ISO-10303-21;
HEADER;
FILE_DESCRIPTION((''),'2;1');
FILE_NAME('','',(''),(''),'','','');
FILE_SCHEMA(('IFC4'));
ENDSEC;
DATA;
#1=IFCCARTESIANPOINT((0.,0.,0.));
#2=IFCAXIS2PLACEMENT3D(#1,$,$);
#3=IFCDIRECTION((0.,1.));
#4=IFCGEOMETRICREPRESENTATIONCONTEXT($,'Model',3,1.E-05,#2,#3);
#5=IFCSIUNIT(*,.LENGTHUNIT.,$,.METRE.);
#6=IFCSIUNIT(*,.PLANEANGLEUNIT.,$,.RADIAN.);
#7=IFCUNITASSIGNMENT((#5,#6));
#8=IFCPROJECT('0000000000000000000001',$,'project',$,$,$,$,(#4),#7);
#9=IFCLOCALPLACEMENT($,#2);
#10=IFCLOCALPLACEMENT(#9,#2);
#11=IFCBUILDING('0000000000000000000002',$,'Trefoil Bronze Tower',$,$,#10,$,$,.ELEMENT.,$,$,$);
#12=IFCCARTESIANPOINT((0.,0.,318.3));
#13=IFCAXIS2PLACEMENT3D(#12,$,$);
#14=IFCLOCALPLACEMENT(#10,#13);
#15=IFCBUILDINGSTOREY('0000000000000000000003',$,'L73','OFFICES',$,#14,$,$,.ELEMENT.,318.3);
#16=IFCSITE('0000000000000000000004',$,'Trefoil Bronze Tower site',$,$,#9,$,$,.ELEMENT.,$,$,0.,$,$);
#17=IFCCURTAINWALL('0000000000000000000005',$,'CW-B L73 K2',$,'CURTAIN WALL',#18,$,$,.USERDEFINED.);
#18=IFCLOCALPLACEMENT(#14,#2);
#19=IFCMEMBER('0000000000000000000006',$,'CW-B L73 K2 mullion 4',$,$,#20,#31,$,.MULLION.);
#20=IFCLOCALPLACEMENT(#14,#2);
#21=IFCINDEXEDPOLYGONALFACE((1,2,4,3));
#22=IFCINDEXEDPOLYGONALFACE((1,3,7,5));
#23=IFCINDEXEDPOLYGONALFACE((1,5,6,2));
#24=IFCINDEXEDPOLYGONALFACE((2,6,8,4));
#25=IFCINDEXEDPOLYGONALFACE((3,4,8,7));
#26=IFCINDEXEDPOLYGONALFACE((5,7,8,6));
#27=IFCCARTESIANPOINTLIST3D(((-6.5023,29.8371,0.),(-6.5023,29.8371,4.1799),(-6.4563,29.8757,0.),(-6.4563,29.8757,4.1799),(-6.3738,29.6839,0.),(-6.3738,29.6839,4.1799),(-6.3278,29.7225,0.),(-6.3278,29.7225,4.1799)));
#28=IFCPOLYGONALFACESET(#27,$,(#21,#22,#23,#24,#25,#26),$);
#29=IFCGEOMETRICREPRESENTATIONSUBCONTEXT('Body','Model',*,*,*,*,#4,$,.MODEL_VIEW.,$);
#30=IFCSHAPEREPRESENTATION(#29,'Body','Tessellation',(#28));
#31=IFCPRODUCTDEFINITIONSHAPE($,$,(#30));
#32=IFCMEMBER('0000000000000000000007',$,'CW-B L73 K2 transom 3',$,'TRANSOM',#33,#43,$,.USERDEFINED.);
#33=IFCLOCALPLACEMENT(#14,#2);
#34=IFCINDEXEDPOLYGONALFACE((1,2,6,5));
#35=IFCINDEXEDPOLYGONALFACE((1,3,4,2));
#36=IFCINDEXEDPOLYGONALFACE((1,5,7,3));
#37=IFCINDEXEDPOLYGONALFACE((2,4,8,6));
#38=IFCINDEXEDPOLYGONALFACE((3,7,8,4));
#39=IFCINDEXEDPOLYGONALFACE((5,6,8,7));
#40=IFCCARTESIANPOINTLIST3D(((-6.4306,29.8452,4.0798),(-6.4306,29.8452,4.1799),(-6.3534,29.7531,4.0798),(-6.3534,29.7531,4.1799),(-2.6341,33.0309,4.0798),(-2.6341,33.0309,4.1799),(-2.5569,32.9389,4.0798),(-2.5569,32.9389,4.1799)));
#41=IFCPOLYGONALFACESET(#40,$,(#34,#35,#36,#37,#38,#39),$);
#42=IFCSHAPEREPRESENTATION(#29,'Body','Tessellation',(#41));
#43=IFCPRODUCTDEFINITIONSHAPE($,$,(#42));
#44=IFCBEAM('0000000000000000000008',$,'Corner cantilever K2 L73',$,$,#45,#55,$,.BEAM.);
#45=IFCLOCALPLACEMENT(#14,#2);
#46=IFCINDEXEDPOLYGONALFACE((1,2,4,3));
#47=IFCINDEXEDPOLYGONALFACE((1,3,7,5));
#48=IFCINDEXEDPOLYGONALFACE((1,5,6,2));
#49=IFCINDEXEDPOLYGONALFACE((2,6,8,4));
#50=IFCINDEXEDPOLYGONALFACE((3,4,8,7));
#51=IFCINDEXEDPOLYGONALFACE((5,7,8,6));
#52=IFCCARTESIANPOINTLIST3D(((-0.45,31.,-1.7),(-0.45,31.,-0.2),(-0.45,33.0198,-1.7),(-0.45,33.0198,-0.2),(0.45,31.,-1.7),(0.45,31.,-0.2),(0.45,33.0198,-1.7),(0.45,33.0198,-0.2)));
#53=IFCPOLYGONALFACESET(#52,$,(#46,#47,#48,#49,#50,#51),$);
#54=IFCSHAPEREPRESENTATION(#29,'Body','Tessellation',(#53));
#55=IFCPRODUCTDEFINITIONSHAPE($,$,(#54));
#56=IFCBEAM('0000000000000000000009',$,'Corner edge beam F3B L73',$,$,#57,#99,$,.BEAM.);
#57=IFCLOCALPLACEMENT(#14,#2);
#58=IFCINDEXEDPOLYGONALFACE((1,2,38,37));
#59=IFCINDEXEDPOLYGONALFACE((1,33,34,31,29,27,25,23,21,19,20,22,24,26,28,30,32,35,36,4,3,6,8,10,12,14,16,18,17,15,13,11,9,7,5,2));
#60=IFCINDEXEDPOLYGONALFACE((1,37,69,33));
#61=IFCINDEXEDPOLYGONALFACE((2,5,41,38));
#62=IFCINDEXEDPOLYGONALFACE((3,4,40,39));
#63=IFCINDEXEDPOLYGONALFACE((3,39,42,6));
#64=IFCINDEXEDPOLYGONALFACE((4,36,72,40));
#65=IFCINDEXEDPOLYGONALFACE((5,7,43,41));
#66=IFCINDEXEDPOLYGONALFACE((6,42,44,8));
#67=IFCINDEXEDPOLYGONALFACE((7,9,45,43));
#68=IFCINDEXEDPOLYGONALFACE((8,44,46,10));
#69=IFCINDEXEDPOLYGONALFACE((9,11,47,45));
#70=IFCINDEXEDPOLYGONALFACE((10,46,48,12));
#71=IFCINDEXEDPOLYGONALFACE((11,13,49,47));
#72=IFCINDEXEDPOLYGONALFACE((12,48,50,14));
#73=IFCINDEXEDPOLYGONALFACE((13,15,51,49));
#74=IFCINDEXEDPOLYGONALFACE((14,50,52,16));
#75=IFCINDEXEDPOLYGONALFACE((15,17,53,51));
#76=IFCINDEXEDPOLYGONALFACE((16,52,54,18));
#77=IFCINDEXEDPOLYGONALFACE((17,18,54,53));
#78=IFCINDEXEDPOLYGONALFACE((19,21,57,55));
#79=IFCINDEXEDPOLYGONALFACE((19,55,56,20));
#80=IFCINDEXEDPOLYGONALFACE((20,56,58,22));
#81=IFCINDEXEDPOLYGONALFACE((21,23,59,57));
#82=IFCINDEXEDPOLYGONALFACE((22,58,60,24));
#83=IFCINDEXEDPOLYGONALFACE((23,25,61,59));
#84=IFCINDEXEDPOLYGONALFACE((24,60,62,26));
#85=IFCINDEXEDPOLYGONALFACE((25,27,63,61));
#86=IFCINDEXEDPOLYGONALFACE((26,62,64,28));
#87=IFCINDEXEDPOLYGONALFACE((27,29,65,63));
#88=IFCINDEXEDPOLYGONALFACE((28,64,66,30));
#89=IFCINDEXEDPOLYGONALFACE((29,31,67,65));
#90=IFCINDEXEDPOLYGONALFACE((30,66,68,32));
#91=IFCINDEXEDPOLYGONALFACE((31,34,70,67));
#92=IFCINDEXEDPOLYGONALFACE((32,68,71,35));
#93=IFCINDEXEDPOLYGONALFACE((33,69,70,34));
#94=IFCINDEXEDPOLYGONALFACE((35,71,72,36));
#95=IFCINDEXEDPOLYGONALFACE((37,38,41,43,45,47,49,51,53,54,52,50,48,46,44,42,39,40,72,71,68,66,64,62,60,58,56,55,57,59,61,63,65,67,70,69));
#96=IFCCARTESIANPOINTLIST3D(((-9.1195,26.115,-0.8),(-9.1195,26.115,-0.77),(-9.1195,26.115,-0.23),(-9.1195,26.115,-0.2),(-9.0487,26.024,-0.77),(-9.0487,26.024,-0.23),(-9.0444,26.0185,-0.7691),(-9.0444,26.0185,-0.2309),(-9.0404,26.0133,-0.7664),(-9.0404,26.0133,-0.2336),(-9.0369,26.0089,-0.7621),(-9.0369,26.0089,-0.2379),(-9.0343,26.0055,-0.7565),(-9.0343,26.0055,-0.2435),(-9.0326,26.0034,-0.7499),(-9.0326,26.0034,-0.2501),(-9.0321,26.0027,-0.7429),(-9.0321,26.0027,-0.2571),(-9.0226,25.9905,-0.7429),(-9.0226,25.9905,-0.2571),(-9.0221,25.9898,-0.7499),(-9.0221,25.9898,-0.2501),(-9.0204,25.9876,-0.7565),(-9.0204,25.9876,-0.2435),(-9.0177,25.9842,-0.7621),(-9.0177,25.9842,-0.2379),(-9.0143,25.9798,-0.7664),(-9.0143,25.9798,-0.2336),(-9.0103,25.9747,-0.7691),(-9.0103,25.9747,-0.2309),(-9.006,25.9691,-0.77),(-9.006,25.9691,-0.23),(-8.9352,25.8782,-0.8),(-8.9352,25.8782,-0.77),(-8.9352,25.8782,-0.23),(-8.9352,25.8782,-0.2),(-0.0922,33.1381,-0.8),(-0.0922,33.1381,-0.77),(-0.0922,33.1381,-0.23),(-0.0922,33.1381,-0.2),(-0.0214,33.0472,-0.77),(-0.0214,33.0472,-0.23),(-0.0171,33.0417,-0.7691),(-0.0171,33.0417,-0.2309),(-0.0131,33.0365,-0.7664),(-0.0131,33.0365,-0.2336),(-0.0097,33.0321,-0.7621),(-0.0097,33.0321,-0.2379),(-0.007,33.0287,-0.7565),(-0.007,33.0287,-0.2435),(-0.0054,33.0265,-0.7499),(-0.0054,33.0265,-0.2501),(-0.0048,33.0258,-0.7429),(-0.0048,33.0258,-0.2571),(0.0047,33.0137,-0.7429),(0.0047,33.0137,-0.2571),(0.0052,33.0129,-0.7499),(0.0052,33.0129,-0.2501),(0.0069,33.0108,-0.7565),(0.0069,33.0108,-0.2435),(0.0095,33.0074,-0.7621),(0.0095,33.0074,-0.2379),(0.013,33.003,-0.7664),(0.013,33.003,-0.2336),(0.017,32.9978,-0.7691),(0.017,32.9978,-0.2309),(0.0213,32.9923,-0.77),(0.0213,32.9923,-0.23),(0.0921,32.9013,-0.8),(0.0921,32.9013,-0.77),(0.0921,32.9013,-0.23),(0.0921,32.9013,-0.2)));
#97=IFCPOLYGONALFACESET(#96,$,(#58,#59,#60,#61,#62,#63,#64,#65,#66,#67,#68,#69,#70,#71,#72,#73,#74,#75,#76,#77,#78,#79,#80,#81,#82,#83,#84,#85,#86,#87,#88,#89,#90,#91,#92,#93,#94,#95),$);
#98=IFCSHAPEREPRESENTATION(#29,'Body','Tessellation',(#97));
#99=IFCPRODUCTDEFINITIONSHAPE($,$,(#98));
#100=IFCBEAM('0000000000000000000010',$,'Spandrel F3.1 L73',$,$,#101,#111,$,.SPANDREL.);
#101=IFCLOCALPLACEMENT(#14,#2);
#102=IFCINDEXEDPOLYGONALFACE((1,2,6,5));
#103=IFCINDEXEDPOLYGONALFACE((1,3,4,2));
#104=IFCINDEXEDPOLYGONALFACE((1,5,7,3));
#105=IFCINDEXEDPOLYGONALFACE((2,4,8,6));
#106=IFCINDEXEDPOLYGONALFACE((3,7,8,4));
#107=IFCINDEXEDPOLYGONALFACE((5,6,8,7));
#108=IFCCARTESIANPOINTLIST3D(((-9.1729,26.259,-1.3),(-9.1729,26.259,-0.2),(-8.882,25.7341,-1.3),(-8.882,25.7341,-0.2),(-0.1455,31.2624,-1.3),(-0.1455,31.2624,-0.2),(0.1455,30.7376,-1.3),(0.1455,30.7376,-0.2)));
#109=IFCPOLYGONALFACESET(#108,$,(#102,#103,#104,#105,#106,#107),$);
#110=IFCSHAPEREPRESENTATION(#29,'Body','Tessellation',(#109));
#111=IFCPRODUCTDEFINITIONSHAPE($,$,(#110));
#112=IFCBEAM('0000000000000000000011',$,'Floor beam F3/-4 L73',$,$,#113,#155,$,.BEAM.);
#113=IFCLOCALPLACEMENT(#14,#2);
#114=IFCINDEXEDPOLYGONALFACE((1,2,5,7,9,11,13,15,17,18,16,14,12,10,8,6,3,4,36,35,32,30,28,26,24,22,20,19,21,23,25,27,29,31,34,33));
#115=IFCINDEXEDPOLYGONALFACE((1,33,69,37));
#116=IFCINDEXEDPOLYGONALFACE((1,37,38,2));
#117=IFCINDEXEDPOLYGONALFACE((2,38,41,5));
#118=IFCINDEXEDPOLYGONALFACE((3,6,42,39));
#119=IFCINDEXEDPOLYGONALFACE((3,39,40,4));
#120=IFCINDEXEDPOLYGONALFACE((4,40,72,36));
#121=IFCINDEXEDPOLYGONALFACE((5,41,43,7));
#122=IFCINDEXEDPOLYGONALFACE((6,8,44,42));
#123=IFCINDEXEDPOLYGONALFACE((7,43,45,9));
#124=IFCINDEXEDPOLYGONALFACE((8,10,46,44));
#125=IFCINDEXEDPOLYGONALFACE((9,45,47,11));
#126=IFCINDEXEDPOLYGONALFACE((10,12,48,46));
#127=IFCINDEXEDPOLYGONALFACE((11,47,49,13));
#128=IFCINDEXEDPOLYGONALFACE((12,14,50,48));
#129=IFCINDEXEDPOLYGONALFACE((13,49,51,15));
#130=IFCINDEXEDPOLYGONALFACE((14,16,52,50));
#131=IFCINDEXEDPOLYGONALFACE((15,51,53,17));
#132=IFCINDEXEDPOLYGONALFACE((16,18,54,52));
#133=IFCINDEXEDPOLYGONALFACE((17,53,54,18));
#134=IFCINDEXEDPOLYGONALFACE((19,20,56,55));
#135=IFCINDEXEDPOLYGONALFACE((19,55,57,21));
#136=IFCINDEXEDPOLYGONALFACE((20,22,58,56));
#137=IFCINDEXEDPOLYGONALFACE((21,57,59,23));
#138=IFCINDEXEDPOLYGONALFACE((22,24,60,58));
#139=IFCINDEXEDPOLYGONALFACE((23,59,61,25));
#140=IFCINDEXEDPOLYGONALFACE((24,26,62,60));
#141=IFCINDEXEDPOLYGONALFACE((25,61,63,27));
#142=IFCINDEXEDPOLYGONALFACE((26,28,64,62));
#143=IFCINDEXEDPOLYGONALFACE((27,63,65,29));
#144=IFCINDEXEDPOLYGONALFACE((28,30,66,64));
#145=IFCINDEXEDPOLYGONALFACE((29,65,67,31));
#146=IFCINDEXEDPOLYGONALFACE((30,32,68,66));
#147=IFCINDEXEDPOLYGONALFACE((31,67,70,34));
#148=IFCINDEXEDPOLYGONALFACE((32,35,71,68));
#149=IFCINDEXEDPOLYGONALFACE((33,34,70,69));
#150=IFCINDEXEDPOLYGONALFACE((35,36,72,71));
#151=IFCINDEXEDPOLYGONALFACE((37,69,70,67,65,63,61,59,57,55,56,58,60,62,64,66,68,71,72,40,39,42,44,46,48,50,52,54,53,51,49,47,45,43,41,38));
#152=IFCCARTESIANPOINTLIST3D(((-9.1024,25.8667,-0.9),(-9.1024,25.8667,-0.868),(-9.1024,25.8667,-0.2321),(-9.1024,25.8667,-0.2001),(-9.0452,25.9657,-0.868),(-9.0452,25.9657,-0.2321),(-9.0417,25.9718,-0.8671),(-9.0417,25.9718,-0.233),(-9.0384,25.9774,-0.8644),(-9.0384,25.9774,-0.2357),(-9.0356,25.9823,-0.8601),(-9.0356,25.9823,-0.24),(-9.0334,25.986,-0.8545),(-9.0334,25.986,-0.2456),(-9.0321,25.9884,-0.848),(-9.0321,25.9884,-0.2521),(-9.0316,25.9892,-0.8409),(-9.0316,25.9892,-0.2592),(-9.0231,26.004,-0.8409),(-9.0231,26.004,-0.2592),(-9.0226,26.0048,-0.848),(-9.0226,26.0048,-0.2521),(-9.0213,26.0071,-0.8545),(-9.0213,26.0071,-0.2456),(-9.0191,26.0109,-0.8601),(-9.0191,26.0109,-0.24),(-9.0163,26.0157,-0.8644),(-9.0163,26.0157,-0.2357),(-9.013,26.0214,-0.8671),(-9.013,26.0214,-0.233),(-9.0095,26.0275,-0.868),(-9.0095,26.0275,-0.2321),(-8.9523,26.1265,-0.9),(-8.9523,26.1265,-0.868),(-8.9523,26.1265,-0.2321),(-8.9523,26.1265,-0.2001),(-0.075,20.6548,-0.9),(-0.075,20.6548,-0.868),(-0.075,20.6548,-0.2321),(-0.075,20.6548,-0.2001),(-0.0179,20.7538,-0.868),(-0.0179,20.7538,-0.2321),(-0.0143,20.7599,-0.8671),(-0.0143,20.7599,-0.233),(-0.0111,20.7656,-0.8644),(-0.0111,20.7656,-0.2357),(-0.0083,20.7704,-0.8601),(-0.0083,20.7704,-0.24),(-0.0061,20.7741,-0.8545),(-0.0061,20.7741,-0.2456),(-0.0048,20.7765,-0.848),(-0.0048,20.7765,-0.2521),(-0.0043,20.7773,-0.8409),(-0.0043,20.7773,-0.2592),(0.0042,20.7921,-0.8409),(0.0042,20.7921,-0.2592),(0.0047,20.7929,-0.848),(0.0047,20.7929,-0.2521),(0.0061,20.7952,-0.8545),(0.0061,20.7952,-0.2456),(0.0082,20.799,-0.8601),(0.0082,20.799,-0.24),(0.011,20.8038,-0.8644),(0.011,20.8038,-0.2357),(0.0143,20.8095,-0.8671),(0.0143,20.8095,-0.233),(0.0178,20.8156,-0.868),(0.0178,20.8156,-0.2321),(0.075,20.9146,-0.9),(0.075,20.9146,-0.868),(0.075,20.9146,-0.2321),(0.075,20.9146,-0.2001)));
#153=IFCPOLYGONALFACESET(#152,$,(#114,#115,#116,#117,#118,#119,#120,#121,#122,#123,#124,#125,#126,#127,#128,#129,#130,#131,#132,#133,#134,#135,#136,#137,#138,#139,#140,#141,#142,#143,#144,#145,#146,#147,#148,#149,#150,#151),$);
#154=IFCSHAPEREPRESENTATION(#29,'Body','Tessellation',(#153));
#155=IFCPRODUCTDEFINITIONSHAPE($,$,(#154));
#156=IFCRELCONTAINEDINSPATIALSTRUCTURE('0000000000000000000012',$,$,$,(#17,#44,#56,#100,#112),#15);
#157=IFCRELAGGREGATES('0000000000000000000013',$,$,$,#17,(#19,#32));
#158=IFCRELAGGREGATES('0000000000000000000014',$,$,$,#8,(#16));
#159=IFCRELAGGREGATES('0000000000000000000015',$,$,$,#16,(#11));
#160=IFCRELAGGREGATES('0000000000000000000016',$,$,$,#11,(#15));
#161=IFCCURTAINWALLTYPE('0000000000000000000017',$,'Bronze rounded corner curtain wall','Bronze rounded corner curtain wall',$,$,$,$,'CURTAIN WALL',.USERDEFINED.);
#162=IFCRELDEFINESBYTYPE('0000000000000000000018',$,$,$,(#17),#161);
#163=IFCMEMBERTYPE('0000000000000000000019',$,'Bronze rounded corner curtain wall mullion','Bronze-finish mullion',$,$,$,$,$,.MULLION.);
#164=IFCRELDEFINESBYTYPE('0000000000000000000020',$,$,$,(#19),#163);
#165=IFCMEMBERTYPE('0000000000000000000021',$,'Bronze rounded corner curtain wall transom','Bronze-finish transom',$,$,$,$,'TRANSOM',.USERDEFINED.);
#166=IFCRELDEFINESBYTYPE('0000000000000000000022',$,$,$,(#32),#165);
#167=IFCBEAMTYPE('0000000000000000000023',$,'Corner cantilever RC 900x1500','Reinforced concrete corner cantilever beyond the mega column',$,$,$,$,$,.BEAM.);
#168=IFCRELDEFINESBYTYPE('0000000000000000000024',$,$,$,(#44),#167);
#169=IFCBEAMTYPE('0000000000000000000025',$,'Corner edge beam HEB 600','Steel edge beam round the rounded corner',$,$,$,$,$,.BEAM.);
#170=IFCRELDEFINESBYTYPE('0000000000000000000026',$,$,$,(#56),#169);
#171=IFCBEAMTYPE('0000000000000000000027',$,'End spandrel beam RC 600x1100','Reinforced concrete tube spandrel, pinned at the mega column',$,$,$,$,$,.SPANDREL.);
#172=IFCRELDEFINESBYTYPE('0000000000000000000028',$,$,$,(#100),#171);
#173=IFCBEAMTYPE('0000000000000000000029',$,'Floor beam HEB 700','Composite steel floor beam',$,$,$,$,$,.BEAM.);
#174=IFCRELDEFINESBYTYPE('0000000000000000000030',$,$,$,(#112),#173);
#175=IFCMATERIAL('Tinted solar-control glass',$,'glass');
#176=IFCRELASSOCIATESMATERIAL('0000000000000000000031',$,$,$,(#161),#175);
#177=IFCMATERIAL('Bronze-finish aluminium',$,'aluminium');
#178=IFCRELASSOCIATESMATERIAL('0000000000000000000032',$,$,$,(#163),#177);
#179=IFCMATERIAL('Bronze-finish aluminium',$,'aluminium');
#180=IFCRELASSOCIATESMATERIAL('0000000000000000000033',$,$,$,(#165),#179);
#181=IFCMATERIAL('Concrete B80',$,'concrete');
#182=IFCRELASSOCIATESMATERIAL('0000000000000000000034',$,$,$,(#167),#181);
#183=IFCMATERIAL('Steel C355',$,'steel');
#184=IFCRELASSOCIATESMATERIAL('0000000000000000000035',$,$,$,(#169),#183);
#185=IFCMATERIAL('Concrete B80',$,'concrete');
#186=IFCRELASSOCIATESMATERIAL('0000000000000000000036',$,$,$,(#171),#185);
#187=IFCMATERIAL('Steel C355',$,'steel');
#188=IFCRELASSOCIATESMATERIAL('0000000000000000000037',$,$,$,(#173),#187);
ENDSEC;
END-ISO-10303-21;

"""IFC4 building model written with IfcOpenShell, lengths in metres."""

from ifc_helpers import new_model, si_unit, direction, frame, origin, origin_2d, place, context, subcontext, project, spatial, rectangle, i_section, extrude, material, material_profile, profile_set, type_object, element, aggregate, save


model = new_model("IFC4")

# Units and contexts
model_context = context("Model", 3, precision=1e-05, world=origin(), true_north=direction((0.0, 1.0)))
body_context = subcontext(model_context, "Body", "Model", "MODEL_VIEW")
ifc_project = project(units=[si_unit("LENGTHUNIT", "METRE"), si_unit("PLANEANGLEUNIT", "RADIAN")], contexts=[model_context])

# Site, building, storey
site_placement = place(None, origin())
site = spatial("IfcSite", under=ifc_project, at=site_placement, Name="Trefoil Bronze Tower site", CompositionType="ELEMENT", RefElevation=0.0)
building_placement = place(site_placement, origin())
building = spatial("IfcBuilding", under=site, at=building_placement, Name="Trefoil Bronze Tower", CompositionType="ELEMENT")
storey_placement = place(building_placement, frame((0.0, 0.0, 318.3)))
storey = spatial("IfcBuildingStorey", under=building, at=storey_placement, Name="L73", Description="OFFICES", CompositionType="ELEMENT", Elevation=318.3)

# Curtain wall, members
ifc_material_1 = material(Name="Tinted solar-control glass", Category="glass")
curtain_wall_type_1 = type_object("IfcCurtainWallType", Name="Bronze rounded corner curtain wall", Description="Bronze rounded corner curtain wall", ElementType="CURTAIN WALL", PredefinedType="USERDEFINED", material=ifc_material_1)
curtain_wall_1_placement = place(storey_placement, origin())
curtain_wall_1 = element("IfcCurtainWall", 1, at=curtain_wall_1_placement, inside=storey, type_object=curtain_wall_type_1, Name="CW-B L73 K2", ObjectType="CURTAIN WALL", PredefinedType="USERDEFINED")
ifc_material_2 = material(Name="Bronze-finish aluminium", Category="aluminium")
ifc_material_profile_1 = material_profile(ifc_material_2, rectangle(XDim=0.2, YDim=0.0601, at=origin_2d()), Name="CW-B mullion")
ifc_profile_set_1 = profile_set([ifc_material_profile_1], Name="Bronze-finish aluminium")
member_type_1 = type_object("IfcMemberType", Name="Bronze rounded corner curtain wall mullion", Description="Bronze-finish mullion", PredefinedType="MULLION", material=ifc_profile_set_1)
member_1_placement = place(storey_placement, frame((-6.415, 29.7798, 0.0), z_axis=(0.0, 0.0, 1.0), x_axis=(0.642788, -0.766044, 0.0)))
member_1 = element("IfcMember", 2, at=member_1_placement, type_object=member_type_1, Name="CW-B L73 K2 mullion 4", PredefinedType="MULLION", context=body_context, shape_type="SweptSolid", body=[
    extrude(rectangle(XDim=0.2, YDim=0.0601, at=origin_2d()), origin(), (0.0, 0.0, 1.0), 4.1799),
])
ifc_material_3 = material(Name="Bronze-finish aluminium", Category="aluminium")
ifc_material_profile_2 = material_profile(ifc_material_3, rectangle(XDim=0.1201, YDim=0.1001, at=origin_2d()), Name="CW-B transom")
ifc_profile_set_2 = profile_set([ifc_material_profile_2], Name="Bronze-finish aluminium")
member_type_2 = type_object("IfcMemberType", Name="Bronze rounded corner curtain wall transom", Description="Bronze-finish transom", ElementType="TRANSOM", PredefinedType="USERDEFINED", material=ifc_profile_set_2)
member_2_placement = place(storey_placement, frame((-2.5955, 32.9849, 4.1299), z_axis=(-0.766041, -0.642792, 0.0), x_axis=(0.642792, -0.766041, 0.0)))
member_2 = element("IfcMember", 3, at=member_2_placement, type_object=member_type_2, Name="CW-B L73 K2 transom 3", ObjectType="TRANSOM", PredefinedType="USERDEFINED", context=body_context, shape_type="SweptSolid", body=[
    extrude(rectangle(XDim=0.1201, YDim=0.1001, at=origin_2d()), origin(), (0.0, 0.0, 1.0), 4.9561),
])

# Beams
ifc_material_4 = material(Name="Concrete B80", Category="concrete")
ifc_material_profile_3 = material_profile(ifc_material_4, rectangle(XDim=0.8999, YDim=1.5, at=origin_2d()), Name="RC 900x1500")
ifc_profile_set_3 = profile_set([ifc_material_profile_3], Name="Concrete B80")
beam_type_1 = type_object("IfcBeamType", Name="Corner cantilever RC 900x1500", Description="Reinforced concrete corner cantilever beyond the mega column", PredefinedType="BEAM", material=ifc_profile_set_3)
beam_1_placement = place(storey_placement, frame((0.0, 31.0, -0.95), z_axis=(0.0, 1.0, 0.0), x_axis=(-1.0, 0.0, 0.0)))
element("IfcBeam", 4, at=beam_1_placement, inside=storey, type_object=beam_type_1, Name="Corner cantilever K2 L73", PredefinedType="BEAM", context=body_context, shape_type="SweptSolid", body=[
    extrude(rectangle(XDim=0.8999, YDim=1.5, at=origin_2d()), origin(), (0.0, 0.0, 1.0), 2.0198),
])
ifc_material_5 = material(Name="Steel C355", Category="steel")
ifc_material_profile_4 = material_profile(ifc_material_5, i_section(OverallWidth=0.3, OverallDepth=0.6001, WebThickness=0.0154, FlangeThickness=0.03, FilletRadius=0.0271, at=origin_2d()), Name="HEB 600")
ifc_profile_set_4 = profile_set([ifc_material_profile_4], Name="Steel C355")
beam_type_2 = type_object("IfcBeamType", Name="Corner edge beam HEB 600", Description="Steel edge beam round the rounded corner", PredefinedType="BEAM", material=ifc_profile_set_4)
beam_2_placement = place(storey_placement, frame((-9.0273, 25.9966, -0.5), z_axis=(0.789271, 0.614046, 0.0), x_axis=(-0.614046, 0.789271, 0.0)))
element("IfcBeam", 5, at=beam_2_placement, inside=storey, type_object=beam_type_2, Name="Corner edge beam F3B L73", PredefinedType="BEAM", context=body_context, shape_type="SweptSolid", body=[
    extrude(i_section(OverallWidth=0.3, OverallDepth=0.6001, WebThickness=0.0154, FlangeThickness=0.03, FilletRadius=0.0271, at=origin_2d()), origin(), (0.0, 0.0, 1.0), 11.4375),
])
ifc_material_6 = material(Name="Concrete B80", Category="concrete")
ifc_material_profile_5 = material_profile(ifc_material_6, rectangle(XDim=0.6001, YDim=1.1001, at=origin_2d()), Name="RC 600x1100")
ifc_profile_set_5 = profile_set([ifc_material_profile_5], Name="Concrete B80")
beam_type_3 = type_object("IfcBeamType", Name="End spandrel beam RC 600x1100", Description="Reinforced concrete tube spandrel, pinned at the mega column", PredefinedType="SPANDREL", material=ifc_profile_set_5)
beam_3_placement = place(storey_placement, frame((0.0, 31.0, -0.75), z_axis=(-0.874641, -0.484771, 0.0), x_axis=(0.484771, -0.874641, 0.0)))
element("IfcBeam", 6, at=beam_3_placement, inside=storey, type_object=beam_type_3, Name="Spandrel F3.1 L73", PredefinedType="SPANDREL", context=body_context, shape_type="SweptSolid", body=[
    extrude(rectangle(XDim=0.6001, YDim=1.1001, at=origin_2d()), origin(), (0.0, 0.0, 1.0), 10.3213),
])
ifc_material_7 = material(Name="Steel C355", Category="steel")
ifc_material_profile_6 = material_profile(ifc_material_7, i_section(OverallWidth=0.3, OverallDepth=0.7, WebThickness=0.0171, FlangeThickness=0.032, FilletRadius=0.0271, at=origin_2d()), Name="HEB 700")
ifc_profile_set_6 = profile_set([ifc_material_profile_6], Name="Steel C355")
beam_type_4 = type_object("IfcBeamType", Name="Floor beam HEB 700", Description="Composite steel floor beam", PredefinedType="BEAM", material=ifc_profile_set_6)
beam_4_placement = place(storey_placement, frame((-9.0273, 25.9966, -0.55), z_axis=(0.866026, -0.499998, 0.0), x_axis=(0.499998, 0.866026, 0.0)))
element("IfcBeam", 7, at=beam_4_placement, inside=storey, type_object=beam_type_4, Name="Floor beam F3/-4 L73", PredefinedType="BEAM", context=body_context, shape_type="SweptSolid", body=[
    extrude(i_section(OverallWidth=0.3, OverallDepth=0.7, WebThickness=0.0171, FlangeThickness=0.032, FilletRadius=0.0271, at=origin_2d()), origin(), (0.0, 0.0, 1.0), 10.4238),
])

aggregate(curtain_wall_1, [member_1, member_2])

save(model, "model.ifc")
